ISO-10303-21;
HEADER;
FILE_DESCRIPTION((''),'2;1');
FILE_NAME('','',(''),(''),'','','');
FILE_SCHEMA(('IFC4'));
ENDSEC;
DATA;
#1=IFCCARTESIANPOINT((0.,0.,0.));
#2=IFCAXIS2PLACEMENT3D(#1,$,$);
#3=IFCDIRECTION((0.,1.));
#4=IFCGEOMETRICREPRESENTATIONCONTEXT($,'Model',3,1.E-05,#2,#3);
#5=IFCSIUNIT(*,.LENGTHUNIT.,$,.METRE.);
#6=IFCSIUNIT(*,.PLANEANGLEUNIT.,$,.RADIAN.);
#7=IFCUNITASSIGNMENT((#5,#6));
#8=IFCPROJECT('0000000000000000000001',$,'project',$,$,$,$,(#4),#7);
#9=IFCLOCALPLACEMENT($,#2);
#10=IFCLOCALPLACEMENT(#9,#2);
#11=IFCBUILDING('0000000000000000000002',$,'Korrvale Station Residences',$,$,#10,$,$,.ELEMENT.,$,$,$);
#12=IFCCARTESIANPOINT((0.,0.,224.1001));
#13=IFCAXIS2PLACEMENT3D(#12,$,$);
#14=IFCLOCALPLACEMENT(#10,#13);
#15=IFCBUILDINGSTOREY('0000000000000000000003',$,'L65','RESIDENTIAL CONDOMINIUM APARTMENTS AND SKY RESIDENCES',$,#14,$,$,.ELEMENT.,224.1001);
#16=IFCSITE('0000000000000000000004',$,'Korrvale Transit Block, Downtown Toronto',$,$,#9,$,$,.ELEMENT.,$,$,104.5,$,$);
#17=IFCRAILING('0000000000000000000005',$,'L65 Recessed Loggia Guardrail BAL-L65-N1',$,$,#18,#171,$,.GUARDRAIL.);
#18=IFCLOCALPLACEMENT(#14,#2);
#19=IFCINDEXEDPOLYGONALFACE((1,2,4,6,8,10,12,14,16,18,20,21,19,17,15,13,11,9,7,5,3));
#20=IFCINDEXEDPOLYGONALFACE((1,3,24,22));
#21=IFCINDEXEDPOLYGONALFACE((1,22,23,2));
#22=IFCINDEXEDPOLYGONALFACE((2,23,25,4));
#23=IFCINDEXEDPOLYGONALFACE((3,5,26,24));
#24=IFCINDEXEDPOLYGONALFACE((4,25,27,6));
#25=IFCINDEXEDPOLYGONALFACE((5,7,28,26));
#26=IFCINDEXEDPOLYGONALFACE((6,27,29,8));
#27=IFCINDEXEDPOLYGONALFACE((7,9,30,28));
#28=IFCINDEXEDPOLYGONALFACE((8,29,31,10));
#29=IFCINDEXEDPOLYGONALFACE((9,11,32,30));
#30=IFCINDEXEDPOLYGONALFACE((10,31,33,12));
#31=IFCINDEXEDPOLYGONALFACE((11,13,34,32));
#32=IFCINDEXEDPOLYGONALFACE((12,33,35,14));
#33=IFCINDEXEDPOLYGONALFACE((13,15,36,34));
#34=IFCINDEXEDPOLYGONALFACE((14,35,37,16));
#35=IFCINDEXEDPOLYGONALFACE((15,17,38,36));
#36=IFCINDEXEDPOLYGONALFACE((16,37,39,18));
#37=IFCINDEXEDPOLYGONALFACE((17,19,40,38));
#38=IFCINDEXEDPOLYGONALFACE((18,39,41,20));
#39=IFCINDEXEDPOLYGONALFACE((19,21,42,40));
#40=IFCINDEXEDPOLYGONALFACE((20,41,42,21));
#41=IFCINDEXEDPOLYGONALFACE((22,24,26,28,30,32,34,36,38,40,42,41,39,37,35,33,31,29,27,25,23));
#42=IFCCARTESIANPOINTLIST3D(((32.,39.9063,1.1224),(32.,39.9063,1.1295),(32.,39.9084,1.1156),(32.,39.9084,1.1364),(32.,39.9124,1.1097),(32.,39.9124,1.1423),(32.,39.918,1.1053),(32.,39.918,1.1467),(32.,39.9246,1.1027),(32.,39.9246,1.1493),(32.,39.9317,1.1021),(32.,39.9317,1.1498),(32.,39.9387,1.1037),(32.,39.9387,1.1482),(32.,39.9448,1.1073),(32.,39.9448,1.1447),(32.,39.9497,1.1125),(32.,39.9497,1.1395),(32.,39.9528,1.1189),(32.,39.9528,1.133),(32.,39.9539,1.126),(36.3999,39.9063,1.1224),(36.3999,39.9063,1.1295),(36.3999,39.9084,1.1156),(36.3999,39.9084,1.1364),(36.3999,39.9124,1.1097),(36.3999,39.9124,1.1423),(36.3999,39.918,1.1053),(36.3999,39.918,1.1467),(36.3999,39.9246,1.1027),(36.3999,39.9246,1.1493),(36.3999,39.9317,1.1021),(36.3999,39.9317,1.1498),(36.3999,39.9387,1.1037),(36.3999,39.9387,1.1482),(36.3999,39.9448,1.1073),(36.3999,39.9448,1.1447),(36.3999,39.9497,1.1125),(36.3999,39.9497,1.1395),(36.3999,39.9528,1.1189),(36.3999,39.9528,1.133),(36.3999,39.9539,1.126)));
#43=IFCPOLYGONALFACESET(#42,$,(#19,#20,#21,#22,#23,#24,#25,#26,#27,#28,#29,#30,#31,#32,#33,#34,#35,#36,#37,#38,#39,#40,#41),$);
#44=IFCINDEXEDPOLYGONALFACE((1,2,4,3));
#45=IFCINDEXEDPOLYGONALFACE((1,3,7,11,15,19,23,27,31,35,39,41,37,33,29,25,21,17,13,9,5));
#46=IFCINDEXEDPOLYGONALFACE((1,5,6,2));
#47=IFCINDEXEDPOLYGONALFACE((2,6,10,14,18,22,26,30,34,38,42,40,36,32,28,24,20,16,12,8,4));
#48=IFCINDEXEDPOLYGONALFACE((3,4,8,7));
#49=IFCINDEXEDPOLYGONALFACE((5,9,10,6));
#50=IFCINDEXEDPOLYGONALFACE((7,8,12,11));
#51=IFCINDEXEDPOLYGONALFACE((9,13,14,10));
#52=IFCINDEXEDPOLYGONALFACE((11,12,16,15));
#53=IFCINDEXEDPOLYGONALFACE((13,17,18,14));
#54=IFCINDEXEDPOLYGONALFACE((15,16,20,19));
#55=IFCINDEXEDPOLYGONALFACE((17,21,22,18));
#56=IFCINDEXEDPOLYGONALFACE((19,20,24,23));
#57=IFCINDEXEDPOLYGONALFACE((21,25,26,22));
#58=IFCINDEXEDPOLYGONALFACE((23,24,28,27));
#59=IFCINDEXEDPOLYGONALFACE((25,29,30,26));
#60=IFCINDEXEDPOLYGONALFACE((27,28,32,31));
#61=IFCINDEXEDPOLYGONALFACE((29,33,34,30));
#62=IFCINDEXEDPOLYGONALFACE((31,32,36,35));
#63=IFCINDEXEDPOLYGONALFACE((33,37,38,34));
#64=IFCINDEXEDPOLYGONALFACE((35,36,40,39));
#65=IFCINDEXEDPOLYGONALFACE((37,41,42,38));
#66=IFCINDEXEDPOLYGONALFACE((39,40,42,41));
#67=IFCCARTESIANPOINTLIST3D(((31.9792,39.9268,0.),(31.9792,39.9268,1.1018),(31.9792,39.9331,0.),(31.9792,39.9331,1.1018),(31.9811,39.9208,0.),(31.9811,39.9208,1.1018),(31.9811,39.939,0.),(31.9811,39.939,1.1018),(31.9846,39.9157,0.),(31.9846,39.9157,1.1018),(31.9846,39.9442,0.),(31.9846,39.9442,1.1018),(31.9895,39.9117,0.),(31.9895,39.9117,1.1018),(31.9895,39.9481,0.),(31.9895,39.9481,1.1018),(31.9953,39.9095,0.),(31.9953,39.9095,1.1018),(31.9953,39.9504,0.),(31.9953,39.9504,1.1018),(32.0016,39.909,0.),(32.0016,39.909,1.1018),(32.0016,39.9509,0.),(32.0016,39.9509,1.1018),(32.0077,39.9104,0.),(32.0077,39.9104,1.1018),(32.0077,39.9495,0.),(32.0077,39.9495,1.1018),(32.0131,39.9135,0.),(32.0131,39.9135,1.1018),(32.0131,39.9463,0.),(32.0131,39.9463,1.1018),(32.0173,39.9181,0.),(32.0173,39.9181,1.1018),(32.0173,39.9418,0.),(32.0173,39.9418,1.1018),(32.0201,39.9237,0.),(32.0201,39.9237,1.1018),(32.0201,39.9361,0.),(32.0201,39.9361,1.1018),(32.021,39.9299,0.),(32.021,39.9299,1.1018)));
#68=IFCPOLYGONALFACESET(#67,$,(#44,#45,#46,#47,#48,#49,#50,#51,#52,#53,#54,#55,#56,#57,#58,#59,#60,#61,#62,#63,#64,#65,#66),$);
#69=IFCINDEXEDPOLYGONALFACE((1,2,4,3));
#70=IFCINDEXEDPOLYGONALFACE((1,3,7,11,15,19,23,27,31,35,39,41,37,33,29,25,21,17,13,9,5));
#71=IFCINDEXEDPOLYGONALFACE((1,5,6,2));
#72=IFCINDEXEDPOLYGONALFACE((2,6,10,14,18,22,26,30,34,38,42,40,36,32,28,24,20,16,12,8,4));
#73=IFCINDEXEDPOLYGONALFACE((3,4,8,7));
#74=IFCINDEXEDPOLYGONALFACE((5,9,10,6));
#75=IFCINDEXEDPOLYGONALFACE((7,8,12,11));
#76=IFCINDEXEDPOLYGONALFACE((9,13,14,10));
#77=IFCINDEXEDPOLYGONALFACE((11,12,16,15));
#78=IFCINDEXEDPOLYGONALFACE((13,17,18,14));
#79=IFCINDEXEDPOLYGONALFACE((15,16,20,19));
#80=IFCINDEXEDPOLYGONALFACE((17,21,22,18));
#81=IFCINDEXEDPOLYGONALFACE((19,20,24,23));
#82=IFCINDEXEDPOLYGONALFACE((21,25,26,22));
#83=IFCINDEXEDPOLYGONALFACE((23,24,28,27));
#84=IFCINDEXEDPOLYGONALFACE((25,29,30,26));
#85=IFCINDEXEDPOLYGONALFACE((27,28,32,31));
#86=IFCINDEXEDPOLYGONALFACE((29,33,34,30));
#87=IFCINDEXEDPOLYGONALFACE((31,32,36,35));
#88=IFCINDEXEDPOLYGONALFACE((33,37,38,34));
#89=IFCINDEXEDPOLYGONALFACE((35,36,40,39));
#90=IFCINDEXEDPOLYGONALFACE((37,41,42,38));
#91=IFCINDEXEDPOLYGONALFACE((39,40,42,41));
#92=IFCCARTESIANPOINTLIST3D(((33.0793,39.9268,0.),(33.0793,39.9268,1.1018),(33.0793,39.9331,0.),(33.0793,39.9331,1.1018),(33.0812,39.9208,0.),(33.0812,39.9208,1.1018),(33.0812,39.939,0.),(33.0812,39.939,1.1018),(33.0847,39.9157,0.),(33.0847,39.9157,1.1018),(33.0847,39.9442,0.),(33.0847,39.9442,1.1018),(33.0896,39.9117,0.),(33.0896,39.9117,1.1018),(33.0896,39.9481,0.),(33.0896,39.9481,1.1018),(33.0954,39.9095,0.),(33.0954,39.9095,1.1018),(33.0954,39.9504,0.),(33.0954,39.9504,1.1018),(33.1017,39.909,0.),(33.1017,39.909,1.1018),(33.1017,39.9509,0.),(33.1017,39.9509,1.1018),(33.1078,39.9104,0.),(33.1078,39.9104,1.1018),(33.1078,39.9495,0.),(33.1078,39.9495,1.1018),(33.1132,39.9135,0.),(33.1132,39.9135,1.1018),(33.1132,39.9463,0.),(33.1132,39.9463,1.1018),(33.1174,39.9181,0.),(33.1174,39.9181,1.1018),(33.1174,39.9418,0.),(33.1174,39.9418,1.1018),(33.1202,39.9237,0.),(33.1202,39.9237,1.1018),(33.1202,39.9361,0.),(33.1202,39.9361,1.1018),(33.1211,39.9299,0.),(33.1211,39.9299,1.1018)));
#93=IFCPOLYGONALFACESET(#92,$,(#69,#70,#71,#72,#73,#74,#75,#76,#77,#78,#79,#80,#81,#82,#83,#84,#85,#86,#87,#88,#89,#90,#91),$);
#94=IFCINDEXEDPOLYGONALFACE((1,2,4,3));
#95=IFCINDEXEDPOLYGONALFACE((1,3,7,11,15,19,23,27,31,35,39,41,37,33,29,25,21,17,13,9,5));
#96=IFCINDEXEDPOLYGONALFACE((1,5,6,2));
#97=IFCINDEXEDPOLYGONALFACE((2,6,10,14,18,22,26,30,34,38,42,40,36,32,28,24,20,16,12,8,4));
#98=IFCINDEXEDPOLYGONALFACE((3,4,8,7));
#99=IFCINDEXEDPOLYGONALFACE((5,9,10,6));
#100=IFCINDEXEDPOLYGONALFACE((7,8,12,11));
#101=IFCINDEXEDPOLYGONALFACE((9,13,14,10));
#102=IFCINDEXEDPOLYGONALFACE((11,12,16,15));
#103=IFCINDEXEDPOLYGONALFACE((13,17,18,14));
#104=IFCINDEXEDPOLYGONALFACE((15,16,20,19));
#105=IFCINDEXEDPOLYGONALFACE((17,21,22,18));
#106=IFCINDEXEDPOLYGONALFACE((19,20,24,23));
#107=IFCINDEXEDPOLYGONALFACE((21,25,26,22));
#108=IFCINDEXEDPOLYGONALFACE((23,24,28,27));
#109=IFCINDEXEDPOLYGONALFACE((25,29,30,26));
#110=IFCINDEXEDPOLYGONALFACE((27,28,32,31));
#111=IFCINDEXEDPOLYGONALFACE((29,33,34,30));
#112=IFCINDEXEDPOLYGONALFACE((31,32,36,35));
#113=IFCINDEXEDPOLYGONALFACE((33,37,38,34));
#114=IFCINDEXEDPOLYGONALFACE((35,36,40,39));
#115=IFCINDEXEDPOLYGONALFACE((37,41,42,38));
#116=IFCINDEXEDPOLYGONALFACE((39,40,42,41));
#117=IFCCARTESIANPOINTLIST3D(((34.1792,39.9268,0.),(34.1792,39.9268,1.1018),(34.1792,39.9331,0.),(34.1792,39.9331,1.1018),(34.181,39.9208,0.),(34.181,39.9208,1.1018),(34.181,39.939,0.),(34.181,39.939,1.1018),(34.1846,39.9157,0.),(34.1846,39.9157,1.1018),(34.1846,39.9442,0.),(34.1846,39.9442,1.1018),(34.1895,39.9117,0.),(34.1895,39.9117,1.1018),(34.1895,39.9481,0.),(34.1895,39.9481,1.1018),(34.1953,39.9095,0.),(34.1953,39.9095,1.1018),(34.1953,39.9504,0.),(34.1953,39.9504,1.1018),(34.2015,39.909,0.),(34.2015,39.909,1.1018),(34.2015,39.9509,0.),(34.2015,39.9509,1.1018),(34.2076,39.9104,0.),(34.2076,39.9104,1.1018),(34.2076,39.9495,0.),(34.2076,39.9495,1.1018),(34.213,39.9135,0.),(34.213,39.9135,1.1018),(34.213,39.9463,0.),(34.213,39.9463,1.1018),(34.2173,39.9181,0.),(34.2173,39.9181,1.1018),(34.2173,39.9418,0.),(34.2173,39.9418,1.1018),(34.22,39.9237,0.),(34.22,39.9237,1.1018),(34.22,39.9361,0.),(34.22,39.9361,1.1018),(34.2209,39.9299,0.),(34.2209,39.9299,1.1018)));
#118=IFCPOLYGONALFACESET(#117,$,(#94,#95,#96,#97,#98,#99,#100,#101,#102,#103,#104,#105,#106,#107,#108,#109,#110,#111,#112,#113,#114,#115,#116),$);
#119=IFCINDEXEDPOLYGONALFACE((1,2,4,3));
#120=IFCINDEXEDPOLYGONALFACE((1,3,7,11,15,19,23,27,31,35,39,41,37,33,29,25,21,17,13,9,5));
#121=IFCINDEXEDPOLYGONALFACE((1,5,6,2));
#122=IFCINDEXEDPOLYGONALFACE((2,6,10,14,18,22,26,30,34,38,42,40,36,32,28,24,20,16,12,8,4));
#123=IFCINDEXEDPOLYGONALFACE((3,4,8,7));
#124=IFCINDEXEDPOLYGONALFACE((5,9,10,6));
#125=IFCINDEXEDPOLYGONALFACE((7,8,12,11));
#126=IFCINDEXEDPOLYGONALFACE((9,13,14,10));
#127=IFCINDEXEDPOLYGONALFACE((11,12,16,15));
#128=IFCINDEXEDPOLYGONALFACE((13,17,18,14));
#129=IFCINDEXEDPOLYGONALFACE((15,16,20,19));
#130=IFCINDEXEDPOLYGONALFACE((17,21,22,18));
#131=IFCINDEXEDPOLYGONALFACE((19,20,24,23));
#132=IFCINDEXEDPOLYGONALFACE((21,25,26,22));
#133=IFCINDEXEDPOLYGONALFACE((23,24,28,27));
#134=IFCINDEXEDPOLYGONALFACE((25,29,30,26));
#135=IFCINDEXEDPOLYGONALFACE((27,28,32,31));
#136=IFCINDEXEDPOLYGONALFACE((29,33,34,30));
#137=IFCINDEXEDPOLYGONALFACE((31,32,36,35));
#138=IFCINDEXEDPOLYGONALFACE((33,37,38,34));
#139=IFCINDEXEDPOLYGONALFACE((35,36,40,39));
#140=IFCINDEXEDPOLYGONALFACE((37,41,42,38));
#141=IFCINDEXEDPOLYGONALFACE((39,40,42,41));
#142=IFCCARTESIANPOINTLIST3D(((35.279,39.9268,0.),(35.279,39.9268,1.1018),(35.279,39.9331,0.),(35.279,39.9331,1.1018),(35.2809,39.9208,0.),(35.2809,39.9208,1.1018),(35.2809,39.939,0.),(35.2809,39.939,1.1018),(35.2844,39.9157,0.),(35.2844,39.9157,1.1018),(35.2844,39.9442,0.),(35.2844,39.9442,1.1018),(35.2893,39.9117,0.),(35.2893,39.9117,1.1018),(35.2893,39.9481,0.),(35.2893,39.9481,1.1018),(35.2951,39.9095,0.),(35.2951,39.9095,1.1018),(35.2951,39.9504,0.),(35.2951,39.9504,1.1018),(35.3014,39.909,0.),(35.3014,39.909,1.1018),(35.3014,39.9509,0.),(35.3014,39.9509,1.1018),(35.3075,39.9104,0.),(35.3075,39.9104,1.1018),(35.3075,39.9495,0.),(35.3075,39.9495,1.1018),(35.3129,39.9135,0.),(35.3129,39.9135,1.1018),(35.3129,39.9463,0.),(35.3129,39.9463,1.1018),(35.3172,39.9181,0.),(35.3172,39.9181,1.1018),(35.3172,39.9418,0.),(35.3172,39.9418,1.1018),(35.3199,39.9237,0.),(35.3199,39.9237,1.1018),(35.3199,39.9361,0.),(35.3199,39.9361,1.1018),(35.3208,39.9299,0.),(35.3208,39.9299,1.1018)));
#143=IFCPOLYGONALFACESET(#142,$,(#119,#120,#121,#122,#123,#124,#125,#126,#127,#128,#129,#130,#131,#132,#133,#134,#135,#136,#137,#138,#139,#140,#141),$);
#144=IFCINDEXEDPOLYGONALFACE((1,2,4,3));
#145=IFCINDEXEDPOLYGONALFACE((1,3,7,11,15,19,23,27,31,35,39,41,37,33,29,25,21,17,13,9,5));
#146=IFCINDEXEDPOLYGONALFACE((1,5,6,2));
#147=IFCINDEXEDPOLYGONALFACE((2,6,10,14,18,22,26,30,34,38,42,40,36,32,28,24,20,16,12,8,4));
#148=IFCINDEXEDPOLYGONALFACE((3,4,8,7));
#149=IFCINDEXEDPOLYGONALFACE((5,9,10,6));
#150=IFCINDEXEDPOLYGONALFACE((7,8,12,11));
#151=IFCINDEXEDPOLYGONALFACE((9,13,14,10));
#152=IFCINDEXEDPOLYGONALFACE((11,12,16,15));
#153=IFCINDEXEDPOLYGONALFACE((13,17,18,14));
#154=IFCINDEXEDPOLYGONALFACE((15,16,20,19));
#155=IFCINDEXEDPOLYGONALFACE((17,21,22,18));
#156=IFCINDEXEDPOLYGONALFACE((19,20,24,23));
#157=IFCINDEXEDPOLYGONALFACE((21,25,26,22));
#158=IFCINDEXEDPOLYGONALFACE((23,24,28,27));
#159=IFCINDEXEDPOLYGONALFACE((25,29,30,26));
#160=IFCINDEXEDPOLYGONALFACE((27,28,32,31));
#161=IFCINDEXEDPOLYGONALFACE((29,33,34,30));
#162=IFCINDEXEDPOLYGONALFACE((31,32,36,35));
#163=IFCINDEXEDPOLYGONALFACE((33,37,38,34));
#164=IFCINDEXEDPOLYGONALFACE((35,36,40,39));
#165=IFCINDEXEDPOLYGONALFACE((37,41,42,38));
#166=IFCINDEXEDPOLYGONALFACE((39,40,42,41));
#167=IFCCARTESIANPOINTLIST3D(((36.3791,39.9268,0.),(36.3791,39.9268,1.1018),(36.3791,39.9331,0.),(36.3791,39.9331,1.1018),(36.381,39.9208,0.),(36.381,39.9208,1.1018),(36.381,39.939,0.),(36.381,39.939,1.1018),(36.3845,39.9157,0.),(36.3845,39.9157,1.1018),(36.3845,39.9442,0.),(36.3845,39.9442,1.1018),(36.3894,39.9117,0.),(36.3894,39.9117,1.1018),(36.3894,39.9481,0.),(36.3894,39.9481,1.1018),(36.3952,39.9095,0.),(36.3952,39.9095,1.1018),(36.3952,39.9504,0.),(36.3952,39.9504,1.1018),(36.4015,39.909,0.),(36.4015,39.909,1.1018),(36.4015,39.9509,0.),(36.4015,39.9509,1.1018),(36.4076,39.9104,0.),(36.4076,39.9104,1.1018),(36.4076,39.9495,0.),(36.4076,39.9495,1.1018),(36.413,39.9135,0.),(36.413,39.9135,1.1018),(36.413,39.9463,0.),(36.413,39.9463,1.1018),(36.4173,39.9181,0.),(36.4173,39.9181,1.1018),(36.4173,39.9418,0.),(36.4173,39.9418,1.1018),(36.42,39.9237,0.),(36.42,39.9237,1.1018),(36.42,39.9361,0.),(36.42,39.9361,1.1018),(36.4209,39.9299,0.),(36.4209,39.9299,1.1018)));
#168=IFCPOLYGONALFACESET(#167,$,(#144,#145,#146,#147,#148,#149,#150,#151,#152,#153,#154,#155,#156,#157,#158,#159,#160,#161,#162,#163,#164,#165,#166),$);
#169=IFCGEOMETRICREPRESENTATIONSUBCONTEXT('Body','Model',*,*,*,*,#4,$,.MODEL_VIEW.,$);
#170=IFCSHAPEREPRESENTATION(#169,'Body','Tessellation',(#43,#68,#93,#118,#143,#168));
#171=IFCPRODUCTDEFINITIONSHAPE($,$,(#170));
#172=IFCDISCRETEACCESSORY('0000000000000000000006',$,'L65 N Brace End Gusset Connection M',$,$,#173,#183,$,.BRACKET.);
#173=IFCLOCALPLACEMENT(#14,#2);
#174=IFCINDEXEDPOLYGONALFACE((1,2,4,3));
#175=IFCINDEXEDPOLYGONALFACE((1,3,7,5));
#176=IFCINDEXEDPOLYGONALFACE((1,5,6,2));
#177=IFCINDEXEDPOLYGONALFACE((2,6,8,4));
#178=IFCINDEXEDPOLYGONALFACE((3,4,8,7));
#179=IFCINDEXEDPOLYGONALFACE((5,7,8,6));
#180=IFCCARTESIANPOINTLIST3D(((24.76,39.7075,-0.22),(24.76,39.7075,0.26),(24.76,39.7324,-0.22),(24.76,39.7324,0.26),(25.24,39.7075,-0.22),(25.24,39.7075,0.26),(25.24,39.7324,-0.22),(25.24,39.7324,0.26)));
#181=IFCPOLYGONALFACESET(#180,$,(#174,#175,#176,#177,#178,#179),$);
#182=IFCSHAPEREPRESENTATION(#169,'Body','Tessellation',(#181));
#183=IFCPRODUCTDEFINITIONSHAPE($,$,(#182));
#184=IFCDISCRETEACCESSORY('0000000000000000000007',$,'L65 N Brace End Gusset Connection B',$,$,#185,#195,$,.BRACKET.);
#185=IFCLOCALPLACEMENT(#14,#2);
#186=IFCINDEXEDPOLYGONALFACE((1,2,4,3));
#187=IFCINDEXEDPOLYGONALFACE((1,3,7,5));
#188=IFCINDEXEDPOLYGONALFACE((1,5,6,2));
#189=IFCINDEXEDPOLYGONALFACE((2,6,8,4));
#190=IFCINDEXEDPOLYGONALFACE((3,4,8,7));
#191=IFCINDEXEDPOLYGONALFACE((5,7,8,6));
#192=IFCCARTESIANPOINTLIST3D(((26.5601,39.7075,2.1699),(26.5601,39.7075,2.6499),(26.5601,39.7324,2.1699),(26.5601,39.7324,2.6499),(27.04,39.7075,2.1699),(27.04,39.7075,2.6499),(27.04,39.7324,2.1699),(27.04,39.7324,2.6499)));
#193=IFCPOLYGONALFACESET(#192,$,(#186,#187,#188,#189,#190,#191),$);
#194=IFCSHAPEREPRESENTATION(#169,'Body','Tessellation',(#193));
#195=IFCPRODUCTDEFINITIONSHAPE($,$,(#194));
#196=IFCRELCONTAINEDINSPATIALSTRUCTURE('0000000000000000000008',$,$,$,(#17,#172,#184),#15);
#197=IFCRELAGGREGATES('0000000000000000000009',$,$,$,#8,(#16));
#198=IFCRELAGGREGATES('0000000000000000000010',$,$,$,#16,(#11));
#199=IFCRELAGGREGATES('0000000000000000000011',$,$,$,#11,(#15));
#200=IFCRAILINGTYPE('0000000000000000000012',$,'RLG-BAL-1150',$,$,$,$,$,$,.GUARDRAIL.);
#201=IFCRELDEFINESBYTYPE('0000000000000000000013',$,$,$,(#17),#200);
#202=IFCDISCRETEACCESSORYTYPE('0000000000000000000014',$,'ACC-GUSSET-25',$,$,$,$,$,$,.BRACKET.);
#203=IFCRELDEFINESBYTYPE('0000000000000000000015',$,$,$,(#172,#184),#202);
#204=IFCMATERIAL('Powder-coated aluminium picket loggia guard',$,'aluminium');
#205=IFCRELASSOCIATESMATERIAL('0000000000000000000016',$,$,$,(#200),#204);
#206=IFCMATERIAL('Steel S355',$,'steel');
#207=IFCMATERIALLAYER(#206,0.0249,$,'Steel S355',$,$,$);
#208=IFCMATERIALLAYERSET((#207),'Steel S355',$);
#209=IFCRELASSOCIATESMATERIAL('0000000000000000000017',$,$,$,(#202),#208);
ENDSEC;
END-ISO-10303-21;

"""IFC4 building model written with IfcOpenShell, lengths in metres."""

from ifc_helpers import new_model, si_unit, direction, frame, origin, origin_2d, place, context, subcontext, project, spatial, rectangle, circle, extrude, material, layer, layer_set, type_object, element, save


model = new_model("IFC4")

# Units and contexts
model_context = context("Model", 3, precision=1e-05, world=origin(), true_north=direction((0.0, 1.0)))
body_context = subcontext(model_context, "Body", "Model", "MODEL_VIEW")
ifc_project = project(units=[si_unit("LENGTHUNIT", "METRE"), si_unit("PLANEANGLEUNIT", "RADIAN")], contexts=[model_context])

# Site, building, storey
site_placement = place(None, origin())
site = spatial("IfcSite", under=ifc_project, at=site_placement, Name="Korrvale Transit Block, Downtown Toronto", CompositionType="ELEMENT", RefElevation=104.5)
building_placement = place(site_placement, origin())
building = spatial("IfcBuilding", under=site, at=building_placement, Name="Korrvale Station Residences", CompositionType="ELEMENT")
storey_placement = place(building_placement, frame((0.0, 0.0, 224.1001)))
storey = spatial("IfcBuildingStorey", under=building, at=storey_placement, Name="L65", Description="RESIDENTIAL CONDOMINIUM APARTMENTS AND SKY RESIDENCES", CompositionType="ELEMENT", Elevation=224.1001)

# Shared definitions
ifc_material_1 = material(Name="Steel S355", Category="steel")

# Railing
ifc_material_2 = material(Name="Powder-coated aluminium picket loggia guard", Category="aluminium")
railing_type = type_object("IfcRailingType", Name="RLG-BAL-1150", PredefinedType="GUARDRAIL", material=ifc_material_2)
railing_placement = place(storey_placement, frame((32.0, 39.9299, 0.0)))
element("IfcRailing", 1, at=railing_placement, inside=storey, type_object=railing_type, Name="L65 Recessed Loggia Guardrail BAL-L65-N1", PredefinedType="GUARDRAIL", context=body_context, shape_type="SweptSolid", body=[
    extrude(circle(Radius=0.0239, at=origin_2d()), frame((0.0, 0.0, 1.126), z_axis=(1.0, 0.0, 0.0), x_axis=(0.0, 1.0, 0.0)), (0.0, 0.0, 1.0), 4.3999),
    extrude(circle(Radius=0.021, at=origin_2d()), origin(), (0.0, 0.0, 1.0), 1.1018),
    extrude(circle(Radius=0.021, at=origin_2d()), frame((1.1001, 0.0, 0.0)), (0.0, 0.0, 1.0), 1.1018),
    extrude(circle(Radius=0.021, at=origin_2d()), frame((2.2, 0.0, 0.0)), (0.0, 0.0, 1.0), 1.1018),
    extrude(circle(Radius=0.021, at=origin_2d()), frame((3.2998, 0.0, 0.0)), (0.0, 0.0, 1.0), 1.1018),
    extrude(circle(Radius=0.021, at=origin_2d()), frame((4.3999, 0.0, 0.0)), (0.0, 0.0, 1.0), 1.1018),
])

# Discrete accessories
ifc_layer_1 = layer(ifc_material_1, 0.0249, Name="Steel S355")
ifc_layer_set_1 = layer_set([ifc_layer_1], Name="Steel S355")
discrete_accessory_type = type_object("IfcDiscreteAccessoryType", Name="ACC-GUSSET-25", PredefinedType="BRACKET", material=ifc_layer_set_1)
for number, where, z_axis, x_axis, name in (
    (2, (25.0, 39.72, -0.22), (0.0, 0.0, 1.0), (1.0, 0.0, 0.0), "L65 N Brace End Gusset Connection M"),
    (3, (26.8, 39.72, 2.1699), (0.0, 0.0, 1.0), (1.0, 0.0, 0.0), "L65 N Brace End Gusset Connection B"),
):
    element("IfcDiscreteAccessory", number, at=place(storey_placement, frame(where, z_axis=z_axis, x_axis=x_axis)), inside=storey, type_object=discrete_accessory_type, Name=name, PredefinedType="BRACKET", context=body_context, shape_type="SweptSolid", body=[
        extrude(rectangle(XDim=0.48, YDim=0.0249, at=origin_2d()), origin(), (0.0, 0.0, 1.0), 0.48),
    ])

save(model, "model.ifc")
